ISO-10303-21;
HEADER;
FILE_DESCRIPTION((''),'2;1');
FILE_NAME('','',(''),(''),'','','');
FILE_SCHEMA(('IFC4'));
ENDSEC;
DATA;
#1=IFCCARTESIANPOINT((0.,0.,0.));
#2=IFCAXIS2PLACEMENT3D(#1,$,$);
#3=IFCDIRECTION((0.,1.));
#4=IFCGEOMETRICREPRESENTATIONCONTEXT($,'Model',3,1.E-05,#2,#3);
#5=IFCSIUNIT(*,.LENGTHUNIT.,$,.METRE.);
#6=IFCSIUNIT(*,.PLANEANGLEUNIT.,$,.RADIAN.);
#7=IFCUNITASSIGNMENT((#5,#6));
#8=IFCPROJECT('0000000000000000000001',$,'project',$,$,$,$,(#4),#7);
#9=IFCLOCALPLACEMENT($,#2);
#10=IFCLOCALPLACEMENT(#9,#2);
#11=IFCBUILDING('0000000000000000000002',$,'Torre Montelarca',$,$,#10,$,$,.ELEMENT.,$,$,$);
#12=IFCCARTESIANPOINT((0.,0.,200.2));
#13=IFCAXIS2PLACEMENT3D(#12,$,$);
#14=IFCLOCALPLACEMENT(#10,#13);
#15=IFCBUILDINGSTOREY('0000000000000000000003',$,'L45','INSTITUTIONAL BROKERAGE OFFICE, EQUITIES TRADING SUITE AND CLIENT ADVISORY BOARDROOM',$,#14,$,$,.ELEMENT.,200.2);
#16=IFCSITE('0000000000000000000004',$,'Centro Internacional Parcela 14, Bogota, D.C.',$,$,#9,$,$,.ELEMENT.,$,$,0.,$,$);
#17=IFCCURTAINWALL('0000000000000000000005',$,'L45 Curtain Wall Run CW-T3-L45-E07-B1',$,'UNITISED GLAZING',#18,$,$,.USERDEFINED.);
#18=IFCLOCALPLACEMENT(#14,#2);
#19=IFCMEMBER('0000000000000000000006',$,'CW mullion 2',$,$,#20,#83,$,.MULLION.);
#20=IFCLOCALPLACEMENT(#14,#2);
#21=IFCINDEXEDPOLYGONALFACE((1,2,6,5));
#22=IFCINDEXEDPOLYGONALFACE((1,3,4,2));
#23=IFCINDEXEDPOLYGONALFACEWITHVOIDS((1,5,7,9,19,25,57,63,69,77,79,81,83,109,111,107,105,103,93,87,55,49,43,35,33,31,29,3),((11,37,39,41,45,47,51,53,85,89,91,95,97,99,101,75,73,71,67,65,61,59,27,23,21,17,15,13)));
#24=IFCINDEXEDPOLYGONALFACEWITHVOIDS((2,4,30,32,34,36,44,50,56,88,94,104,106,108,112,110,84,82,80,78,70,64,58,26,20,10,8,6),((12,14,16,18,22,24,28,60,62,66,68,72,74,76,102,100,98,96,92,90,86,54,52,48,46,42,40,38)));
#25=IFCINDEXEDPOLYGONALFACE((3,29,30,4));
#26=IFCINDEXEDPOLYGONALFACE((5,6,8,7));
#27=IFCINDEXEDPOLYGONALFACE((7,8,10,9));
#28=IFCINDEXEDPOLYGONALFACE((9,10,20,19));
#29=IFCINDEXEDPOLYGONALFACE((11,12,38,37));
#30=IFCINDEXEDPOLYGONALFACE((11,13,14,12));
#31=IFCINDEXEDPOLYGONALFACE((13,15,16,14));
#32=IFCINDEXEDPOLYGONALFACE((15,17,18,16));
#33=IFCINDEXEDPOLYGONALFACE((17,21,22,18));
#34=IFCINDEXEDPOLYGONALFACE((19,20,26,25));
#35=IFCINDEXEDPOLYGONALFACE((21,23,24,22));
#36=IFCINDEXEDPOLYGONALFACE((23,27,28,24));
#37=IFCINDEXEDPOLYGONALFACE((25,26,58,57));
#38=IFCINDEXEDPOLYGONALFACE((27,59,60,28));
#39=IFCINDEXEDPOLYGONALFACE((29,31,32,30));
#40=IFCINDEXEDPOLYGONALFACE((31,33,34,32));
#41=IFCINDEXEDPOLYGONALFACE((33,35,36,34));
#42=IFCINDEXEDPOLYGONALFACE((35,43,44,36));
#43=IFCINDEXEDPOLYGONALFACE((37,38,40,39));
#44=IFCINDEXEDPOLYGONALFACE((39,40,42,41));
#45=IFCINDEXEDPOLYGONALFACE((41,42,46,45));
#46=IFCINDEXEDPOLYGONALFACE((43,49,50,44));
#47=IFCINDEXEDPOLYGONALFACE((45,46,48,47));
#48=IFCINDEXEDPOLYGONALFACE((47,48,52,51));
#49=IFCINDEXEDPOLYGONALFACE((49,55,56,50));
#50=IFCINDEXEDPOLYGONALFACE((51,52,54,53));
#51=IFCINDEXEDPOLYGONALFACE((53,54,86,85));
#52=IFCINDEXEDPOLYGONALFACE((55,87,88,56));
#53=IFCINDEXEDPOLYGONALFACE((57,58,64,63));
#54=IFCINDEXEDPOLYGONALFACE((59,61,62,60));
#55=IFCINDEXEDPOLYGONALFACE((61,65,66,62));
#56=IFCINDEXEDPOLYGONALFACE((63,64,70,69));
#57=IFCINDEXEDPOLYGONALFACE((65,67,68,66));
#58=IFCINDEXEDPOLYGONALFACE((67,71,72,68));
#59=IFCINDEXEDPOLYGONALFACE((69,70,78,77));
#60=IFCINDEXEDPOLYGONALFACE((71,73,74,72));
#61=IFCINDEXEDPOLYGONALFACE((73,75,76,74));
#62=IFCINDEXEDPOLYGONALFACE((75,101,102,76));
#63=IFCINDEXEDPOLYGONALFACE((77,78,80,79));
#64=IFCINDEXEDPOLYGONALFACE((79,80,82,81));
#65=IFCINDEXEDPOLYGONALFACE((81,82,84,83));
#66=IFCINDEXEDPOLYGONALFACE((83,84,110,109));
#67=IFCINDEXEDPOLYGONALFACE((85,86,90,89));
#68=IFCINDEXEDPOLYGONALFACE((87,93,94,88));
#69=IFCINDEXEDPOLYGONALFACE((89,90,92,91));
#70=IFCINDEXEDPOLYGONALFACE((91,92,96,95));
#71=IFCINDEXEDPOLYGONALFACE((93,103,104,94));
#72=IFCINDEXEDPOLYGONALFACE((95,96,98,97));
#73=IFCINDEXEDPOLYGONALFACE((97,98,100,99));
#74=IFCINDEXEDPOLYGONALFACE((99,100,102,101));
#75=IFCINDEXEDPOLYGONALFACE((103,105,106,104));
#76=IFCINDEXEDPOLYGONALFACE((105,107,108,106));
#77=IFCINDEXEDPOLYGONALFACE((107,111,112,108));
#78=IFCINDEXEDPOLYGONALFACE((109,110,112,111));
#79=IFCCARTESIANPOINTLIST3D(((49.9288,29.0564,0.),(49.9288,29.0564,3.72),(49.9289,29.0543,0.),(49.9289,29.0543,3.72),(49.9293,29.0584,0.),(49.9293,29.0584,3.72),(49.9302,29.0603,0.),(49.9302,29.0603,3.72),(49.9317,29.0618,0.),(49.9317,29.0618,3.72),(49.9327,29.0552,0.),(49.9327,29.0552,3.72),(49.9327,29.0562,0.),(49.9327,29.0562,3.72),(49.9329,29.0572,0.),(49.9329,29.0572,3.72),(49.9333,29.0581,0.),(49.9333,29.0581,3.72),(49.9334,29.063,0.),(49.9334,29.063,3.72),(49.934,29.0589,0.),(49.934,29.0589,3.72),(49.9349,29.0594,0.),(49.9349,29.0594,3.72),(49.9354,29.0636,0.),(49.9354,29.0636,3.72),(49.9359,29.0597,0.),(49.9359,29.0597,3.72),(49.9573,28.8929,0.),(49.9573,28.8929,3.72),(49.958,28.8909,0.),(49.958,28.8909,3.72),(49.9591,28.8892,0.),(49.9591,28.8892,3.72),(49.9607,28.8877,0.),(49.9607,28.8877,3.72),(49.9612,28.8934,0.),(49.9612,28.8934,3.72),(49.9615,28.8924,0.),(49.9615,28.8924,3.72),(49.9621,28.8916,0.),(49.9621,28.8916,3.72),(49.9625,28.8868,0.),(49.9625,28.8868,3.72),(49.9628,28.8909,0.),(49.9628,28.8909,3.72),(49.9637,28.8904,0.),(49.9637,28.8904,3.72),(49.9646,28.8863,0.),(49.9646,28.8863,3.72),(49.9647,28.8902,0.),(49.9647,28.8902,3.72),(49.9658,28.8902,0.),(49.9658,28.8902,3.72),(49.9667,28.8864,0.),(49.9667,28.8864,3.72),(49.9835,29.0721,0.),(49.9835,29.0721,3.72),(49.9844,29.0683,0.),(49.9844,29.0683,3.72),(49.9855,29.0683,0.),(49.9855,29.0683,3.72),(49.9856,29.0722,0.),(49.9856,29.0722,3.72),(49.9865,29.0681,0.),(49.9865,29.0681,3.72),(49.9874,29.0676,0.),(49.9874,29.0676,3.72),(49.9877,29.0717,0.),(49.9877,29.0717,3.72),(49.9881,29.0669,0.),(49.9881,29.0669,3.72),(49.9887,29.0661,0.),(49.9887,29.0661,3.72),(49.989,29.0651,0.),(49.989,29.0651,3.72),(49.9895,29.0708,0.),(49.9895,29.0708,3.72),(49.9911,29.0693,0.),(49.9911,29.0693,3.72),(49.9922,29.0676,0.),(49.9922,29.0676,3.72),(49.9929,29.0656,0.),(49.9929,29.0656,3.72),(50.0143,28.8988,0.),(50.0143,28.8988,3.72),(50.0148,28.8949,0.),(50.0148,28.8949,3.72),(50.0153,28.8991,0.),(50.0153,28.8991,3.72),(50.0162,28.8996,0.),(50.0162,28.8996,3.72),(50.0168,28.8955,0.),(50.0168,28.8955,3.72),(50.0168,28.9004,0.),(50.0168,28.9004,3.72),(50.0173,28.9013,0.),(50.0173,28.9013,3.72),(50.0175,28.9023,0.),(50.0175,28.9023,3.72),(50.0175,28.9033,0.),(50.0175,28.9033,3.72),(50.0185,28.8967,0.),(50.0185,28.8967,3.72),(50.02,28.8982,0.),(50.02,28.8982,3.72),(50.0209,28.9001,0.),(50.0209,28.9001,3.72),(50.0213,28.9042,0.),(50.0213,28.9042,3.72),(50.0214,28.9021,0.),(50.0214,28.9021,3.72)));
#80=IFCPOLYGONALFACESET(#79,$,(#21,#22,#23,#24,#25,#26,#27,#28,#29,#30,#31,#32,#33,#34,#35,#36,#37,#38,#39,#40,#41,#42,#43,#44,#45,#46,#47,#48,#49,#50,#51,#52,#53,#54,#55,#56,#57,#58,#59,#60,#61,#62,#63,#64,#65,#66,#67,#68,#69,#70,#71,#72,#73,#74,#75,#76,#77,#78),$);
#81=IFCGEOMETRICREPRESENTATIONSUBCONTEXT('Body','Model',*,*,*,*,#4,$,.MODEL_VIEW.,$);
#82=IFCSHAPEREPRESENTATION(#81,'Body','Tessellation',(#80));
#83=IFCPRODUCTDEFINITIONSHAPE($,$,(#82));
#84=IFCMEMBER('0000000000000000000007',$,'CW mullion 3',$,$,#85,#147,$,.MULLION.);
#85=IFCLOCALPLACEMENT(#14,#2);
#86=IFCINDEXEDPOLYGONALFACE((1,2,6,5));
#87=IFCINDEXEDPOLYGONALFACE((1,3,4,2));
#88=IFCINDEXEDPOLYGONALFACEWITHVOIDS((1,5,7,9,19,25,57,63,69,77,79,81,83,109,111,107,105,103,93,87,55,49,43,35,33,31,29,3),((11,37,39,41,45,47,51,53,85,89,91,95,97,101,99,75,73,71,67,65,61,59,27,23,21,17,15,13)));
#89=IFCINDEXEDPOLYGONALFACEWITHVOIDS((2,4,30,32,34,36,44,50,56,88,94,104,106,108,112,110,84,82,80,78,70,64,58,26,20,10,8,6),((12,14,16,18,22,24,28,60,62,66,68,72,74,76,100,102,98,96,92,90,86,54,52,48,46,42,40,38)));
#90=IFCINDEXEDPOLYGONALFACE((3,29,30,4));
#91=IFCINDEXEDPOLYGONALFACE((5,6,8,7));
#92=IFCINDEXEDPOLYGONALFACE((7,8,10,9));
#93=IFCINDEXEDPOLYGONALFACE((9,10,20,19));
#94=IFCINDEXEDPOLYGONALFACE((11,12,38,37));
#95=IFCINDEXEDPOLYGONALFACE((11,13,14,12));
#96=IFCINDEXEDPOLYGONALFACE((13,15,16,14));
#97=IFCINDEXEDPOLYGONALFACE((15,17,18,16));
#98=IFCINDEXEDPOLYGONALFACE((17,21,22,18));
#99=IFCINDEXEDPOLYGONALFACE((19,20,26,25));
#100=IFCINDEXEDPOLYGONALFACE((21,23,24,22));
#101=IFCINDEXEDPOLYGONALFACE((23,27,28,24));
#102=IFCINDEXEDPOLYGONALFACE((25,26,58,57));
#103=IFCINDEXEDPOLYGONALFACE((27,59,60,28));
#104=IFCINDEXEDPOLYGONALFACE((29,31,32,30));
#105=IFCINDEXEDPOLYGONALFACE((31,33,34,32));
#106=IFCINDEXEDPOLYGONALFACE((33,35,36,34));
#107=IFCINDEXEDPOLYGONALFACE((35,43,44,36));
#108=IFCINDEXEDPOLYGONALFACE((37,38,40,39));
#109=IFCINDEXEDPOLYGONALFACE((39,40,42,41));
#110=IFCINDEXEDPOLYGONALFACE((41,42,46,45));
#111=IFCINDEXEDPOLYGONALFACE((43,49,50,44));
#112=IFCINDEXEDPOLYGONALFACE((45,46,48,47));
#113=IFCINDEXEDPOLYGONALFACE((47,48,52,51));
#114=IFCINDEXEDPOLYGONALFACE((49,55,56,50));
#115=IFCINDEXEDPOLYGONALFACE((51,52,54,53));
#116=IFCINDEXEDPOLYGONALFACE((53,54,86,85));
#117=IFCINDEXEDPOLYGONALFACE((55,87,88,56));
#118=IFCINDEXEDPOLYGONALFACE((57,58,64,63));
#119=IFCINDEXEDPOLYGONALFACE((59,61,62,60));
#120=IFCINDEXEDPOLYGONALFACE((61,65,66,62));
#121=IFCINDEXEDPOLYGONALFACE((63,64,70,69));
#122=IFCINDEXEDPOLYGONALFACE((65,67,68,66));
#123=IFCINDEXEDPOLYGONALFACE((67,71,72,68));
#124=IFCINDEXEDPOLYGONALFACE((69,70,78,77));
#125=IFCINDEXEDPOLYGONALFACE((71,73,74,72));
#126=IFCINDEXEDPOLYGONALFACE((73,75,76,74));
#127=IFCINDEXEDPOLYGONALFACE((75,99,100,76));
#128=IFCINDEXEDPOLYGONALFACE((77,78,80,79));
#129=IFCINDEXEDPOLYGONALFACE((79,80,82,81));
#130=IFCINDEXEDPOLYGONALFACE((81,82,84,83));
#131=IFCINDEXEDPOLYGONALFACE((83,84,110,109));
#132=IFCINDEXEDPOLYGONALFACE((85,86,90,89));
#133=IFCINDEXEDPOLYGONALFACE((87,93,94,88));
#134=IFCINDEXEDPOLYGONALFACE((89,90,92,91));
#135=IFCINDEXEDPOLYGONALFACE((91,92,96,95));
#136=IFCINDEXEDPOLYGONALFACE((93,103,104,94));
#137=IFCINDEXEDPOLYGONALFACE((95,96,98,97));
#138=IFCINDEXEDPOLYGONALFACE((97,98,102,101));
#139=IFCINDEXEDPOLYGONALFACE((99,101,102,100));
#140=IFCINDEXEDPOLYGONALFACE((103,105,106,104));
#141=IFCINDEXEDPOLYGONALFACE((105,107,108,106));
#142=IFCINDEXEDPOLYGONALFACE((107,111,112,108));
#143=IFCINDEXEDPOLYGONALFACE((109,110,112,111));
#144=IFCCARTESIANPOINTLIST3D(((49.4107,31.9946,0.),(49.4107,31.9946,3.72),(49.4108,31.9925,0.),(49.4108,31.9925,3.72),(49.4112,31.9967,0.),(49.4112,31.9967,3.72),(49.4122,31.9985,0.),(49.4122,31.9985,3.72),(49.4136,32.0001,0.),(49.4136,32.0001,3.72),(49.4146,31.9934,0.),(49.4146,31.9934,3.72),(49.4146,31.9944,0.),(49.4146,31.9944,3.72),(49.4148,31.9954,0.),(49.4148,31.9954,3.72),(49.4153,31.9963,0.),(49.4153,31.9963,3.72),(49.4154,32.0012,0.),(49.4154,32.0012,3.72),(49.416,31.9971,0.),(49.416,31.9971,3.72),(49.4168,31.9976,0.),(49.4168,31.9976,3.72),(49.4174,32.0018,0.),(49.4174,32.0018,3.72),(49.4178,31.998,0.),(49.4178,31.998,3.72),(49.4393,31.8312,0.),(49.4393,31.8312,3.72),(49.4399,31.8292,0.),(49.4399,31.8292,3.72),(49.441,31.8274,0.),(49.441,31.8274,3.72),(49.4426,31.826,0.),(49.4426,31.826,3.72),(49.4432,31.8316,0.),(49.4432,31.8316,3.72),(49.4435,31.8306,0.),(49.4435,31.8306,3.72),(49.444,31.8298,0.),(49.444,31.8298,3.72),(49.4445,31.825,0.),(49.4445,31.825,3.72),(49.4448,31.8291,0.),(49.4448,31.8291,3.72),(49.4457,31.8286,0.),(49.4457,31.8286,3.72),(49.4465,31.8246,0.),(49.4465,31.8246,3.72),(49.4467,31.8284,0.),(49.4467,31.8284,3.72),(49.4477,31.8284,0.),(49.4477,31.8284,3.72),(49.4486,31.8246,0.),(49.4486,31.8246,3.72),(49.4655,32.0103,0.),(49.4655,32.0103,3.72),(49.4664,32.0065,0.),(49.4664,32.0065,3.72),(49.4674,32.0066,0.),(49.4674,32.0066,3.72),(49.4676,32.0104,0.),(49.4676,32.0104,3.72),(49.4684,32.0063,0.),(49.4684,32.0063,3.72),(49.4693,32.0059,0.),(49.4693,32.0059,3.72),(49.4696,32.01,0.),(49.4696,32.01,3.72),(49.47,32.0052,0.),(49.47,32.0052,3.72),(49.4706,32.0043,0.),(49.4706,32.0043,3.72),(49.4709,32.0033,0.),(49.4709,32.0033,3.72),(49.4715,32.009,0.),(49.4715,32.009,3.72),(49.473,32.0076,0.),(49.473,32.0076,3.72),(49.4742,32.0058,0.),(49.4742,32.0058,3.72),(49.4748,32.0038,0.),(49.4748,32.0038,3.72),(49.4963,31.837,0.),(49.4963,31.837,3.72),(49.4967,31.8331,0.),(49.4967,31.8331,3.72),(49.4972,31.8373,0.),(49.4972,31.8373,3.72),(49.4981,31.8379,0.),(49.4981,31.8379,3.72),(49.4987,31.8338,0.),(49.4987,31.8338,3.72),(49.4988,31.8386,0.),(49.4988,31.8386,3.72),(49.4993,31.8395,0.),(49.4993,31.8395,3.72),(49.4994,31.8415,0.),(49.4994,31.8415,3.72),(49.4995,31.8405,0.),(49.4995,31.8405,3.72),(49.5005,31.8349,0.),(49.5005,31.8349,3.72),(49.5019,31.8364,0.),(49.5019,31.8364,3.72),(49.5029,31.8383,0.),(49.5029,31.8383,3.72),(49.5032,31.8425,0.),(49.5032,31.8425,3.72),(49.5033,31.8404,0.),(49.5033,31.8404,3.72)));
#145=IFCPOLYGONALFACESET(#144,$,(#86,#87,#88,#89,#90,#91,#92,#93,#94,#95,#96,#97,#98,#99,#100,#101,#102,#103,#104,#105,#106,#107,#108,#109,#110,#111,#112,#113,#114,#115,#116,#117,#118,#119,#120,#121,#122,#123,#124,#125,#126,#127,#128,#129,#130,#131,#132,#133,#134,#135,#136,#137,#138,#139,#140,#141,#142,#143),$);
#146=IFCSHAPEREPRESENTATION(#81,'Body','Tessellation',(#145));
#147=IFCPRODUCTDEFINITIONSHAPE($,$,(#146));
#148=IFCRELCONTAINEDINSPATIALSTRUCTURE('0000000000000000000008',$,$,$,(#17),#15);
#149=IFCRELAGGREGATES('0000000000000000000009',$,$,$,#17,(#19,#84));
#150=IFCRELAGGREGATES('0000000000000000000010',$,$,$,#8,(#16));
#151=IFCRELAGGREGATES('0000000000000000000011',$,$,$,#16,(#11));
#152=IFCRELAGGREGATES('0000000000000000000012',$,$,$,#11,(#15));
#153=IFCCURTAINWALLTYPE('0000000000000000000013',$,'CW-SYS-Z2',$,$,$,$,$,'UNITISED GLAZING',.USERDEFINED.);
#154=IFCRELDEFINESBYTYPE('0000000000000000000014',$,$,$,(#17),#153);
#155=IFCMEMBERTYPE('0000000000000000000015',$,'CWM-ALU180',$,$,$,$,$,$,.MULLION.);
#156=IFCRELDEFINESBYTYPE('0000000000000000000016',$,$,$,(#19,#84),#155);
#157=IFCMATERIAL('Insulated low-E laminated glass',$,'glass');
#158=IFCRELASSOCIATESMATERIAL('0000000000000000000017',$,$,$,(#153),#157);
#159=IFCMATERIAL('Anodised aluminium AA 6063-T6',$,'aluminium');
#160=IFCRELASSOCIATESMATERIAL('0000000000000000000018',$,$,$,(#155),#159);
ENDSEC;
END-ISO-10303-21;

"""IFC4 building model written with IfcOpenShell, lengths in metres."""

from ifc_helpers import new_model, si_unit, direction, frame, origin, origin_2d, place, context, subcontext, project, spatial, hollow_rectangle, extrude, source, transform, mapped, material, material_profile, profile_set, type_object, element, aggregate, save


model = new_model("IFC4")

# Units and contexts
model_context = context("Model", 3, precision=1e-05, world=origin(), true_north=direction((0.0, 1.0)))
body_context = subcontext(model_context, "Body", "Model", "MODEL_VIEW")
ifc_project = project(units=[si_unit("LENGTHUNIT", "METRE"), si_unit("PLANEANGLEUNIT", "RADIAN")], contexts=[model_context])

# Site, building, storey
site_placement = place(None, origin())
site = spatial("IfcSite", under=ifc_project, at=site_placement, Name="Centro Internacional Parcela 14, Bogota, D.C.", CompositionType="ELEMENT", RefElevation=0.0)
building_placement = place(site_placement, origin())
building = spatial("IfcBuilding", under=site, at=building_placement, Name="Torre Montelarca", CompositionType="ELEMENT")
storey_placement = place(building_placement, frame((0.0, 0.0, 200.2)))
storey = spatial("IfcBuildingStorey", under=building, at=storey_placement, Name="L45", Description="INSTITUTIONAL BROKERAGE OFFICE, EQUITIES TRADING SUITE AND CLIENT ADVISORY BOARDROOM", CompositionType="ELEMENT", Elevation=200.2)

# Curtain wall, members
ifc_material_1 = material(Name="Insulated low-E laminated glass", Category="glass")
curtain_wall_type = type_object("IfcCurtainWallType", Name="CW-SYS-Z2", ElementType="UNITISED GLAZING", PredefinedType="USERDEFINED", material=ifc_material_1)
curtain_wall_1_placement = place(storey_placement, origin())
curtain_wall_1 = element("IfcCurtainWall", 1, at=curtain_wall_1_placement, inside=storey, type_object=curtain_wall_type, Name="L45 Curtain Wall Run CW-T3-L45-E07-B1", ObjectType="UNITISED GLAZING", PredefinedType="USERDEFINED")
ifc_material_2 = material(Name="Anodised aluminium AA 6063-T6", Category="aluminium")
ifc_material_profile_1 = material_profile(ifc_material_2, hollow_rectangle(XDim=0.0649, YDim=0.1799, WallThickness=0.0039, InnerFilletRadius=0.0039, OuterFilletRadius=0.0081, at=origin_2d()), Name="ALU65X180X4", Category="aluminium")
ifc_profile_set_1 = profile_set([ifc_material_profile_1], Name="Anodised aluminium AA 6063-T6")
member_type_1 = type_object("IfcMemberType", Name="CWM-ALU180", PredefinedType="MULLION", material=ifc_profile_set_1)
shared_shape_1 = source(origin(), body_context, "Body", "SweptSolid", [
    extrude(hollow_rectangle(XDim=0.0649, YDim=0.1799, WallThickness=0.0039, InnerFilletRadius=0.0039, OuterFilletRadius=0.0081, at=origin_2d()), origin(), (0.0, 0.0, 1.0), 3.72),
])
member_1_placement = place(storey_placement, frame((49.9751, 28.9792, 0.0), z_axis=(0.0, 0.0, 1.0), x_axis=(-0.98481, -0.173634, 0.0)))
member_1 = element("IfcMember", 2, at=member_1_placement, type_object=member_type_1, Name="CW mullion 2", PredefinedType="MULLION", context=body_context, shape_type="MappedRepresentation", body=[
    mapped(shared_shape_1, transform((0.0, 0.0, 0.0), scale=1.0)),
])
member_2_placement = place(storey_placement, frame((49.457, 31.9175, 0.0), z_axis=(0.0, 0.0, 1.0), x_axis=(-0.98481, -0.173634, 0.0)))
member_2 = element("IfcMember", 3, at=member_2_placement, type_object=member_type_1, Name="CW mullion 3", PredefinedType="MULLION", context=body_context, shape_type="MappedRepresentation", body=[
    mapped(shared_shape_1, transform((0.0, 0.0, 0.0), scale=1.0)),
])

aggregate(curtain_wall_1, [member_1, member_2])

save(model, "model.ifc")
